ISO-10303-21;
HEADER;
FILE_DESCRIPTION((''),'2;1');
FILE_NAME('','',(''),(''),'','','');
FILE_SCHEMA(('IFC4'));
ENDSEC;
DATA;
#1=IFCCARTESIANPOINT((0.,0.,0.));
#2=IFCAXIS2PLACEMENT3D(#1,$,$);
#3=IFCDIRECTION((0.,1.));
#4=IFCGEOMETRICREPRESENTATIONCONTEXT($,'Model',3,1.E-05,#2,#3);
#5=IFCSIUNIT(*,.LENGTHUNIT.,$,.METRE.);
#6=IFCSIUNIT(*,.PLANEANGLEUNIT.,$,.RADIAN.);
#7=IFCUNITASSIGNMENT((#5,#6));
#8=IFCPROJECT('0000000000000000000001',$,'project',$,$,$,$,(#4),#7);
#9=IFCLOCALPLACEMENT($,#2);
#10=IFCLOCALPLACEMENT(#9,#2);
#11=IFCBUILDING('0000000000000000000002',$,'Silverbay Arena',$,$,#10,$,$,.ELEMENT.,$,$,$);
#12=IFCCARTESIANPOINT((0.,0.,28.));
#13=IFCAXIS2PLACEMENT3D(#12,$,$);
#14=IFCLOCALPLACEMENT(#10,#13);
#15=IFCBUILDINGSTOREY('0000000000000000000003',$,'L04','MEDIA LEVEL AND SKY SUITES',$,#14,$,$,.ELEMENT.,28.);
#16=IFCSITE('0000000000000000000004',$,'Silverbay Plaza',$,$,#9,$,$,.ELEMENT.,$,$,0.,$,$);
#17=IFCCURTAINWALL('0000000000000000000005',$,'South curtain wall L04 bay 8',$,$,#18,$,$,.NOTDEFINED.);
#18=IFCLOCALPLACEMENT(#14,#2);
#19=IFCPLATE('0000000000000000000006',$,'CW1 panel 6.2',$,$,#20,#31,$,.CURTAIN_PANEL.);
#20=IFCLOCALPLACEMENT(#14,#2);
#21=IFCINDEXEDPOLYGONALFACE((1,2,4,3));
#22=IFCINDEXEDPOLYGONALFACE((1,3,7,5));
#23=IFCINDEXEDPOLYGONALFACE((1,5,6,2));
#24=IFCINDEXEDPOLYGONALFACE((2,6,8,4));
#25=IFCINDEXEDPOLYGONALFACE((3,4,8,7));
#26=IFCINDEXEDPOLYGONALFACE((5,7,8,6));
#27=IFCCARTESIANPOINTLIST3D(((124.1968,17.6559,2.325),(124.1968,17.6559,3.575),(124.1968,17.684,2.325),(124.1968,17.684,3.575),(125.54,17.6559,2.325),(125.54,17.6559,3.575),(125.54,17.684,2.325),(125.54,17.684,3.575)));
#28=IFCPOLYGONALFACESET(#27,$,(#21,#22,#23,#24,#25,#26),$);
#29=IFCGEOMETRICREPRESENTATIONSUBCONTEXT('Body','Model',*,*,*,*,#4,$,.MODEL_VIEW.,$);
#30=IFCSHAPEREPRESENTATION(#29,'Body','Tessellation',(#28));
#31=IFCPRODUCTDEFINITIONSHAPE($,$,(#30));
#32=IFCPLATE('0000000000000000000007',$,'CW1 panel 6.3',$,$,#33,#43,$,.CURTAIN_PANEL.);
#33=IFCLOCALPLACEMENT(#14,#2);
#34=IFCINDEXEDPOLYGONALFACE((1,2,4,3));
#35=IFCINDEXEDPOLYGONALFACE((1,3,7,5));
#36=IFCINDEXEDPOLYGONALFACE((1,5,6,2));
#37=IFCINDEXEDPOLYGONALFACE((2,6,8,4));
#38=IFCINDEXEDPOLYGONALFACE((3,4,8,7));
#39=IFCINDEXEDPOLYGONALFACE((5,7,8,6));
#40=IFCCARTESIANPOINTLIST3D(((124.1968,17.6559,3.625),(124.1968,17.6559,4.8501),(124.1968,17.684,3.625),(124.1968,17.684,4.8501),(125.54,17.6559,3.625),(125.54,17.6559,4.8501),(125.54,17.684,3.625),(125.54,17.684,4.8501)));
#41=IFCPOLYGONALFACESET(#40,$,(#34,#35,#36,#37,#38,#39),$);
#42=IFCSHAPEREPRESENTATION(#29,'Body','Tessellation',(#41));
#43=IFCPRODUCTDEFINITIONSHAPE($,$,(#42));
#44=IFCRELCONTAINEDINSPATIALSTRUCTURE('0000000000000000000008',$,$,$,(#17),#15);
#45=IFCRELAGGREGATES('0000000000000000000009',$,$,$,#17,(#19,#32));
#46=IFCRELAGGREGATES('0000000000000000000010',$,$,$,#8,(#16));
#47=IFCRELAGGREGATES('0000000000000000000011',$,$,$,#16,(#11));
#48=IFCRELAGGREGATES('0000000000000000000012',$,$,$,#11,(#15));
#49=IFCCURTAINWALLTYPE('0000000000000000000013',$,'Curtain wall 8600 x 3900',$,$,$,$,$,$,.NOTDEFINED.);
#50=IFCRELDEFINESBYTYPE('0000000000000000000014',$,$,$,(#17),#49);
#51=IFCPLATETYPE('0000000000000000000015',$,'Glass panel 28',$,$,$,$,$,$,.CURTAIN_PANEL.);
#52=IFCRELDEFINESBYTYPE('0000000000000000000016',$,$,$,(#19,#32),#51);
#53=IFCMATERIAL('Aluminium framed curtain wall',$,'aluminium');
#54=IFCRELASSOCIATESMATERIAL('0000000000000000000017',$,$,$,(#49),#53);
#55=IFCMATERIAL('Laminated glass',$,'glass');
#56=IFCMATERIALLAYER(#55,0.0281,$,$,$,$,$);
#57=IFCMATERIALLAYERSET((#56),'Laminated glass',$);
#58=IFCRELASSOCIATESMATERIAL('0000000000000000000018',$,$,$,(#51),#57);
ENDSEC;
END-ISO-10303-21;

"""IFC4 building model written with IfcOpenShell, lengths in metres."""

from ifc_helpers import new_model, si_unit, direction, frame, origin, origin_2d, place, context, subcontext, project, spatial, rectangle, extrude, material, layer, layer_set, type_object, element, aggregate, save


model = new_model("IFC4")

# Units and contexts
model_context = context("Model", 3, precision=1e-05, world=origin(), true_north=direction((0.0, 1.0)))
body_context = subcontext(model_context, "Body", "Model", "MODEL_VIEW")
ifc_project = project(units=[si_unit("LENGTHUNIT", "METRE"), si_unit("PLANEANGLEUNIT", "RADIAN")], contexts=[model_context])

# Site, building, storey
site_placement = place(None, origin())
site = spatial("IfcSite", under=ifc_project, at=site_placement, Name="Silverbay Plaza", CompositionType="ELEMENT", RefElevation=0.0)
building_placement = place(site_placement, origin())
building = spatial("IfcBuilding", under=site, at=building_placement, Name="Silverbay Arena", CompositionType="ELEMENT")
storey_placement = place(building_placement, frame((0.0, 0.0, 28.0)))
storey = spatial("IfcBuildingStorey", under=building, at=storey_placement, Name="L04", Description="MEDIA LEVEL AND SKY SUITES", CompositionType="ELEMENT", Elevation=28.0)

# Curtain wall, plates
ifc_material_1 = material(Name="Aluminium framed curtain wall", Category="aluminium")
curtain_wall_type = type_object("IfcCurtainWallType", Name="Curtain wall 8600 x 3900", PredefinedType="NOTDEFINED", material=ifc_material_1)
curtain_wall_placement = place(storey_placement, origin())
curtain_wall = element("IfcCurtainWall", 1, at=curtain_wall_placement, inside=storey, type_object=curtain_wall_type, Name="South curtain wall L04 bay 8", PredefinedType="NOTDEFINED")
ifc_material_2 = material(Name="Laminated glass", Category="glass")
ifc_layer = layer(ifc_material_2, 0.0281)
ifc_layer_set = layer_set([ifc_layer], Name="Laminated glass")
plate_type = type_object("IfcPlateType", Name="Glass panel 28", PredefinedType="CURTAIN_PANEL", material=ifc_layer_set)
plate_1_placement = place(storey_placement, frame((124.8684, 17.6699, 2.325), z_axis=(0.0, 0.0, 1.0), x_axis=(1.0, 0.0, 0.0)))
plate_1 = element("IfcPlate", 2, at=plate_1_placement, type_object=plate_type, Name="CW1 panel 6.2", PredefinedType="CURTAIN_PANEL", context=body_context, shape_type="SweptSolid", body=[
    extrude(rectangle(XDim=1.3433, YDim=0.0281, at=origin_2d()), origin(), (0.0, 0.0, 1.0), 1.25),
])
plate_2_placement = place(storey_placement, frame((124.8684, 17.6699, 3.625), z_axis=(0.0, 0.0, 1.0), x_axis=(1.0, 0.0, 0.0)))
plate_2 = element("IfcPlate", 3, at=plate_2_placement, type_object=plate_type, Name="CW1 panel 6.3", PredefinedType="CURTAIN_PANEL", context=body_context, shape_type="SweptSolid", body=[
    extrude(rectangle(XDim=1.3433, YDim=0.0281, at=origin_2d()), origin(), (0.0, 0.0, 1.0), 1.2251),
])
aggregate(curtain_wall, [plate_1, plate_2])

save(model, "model.ifc")
